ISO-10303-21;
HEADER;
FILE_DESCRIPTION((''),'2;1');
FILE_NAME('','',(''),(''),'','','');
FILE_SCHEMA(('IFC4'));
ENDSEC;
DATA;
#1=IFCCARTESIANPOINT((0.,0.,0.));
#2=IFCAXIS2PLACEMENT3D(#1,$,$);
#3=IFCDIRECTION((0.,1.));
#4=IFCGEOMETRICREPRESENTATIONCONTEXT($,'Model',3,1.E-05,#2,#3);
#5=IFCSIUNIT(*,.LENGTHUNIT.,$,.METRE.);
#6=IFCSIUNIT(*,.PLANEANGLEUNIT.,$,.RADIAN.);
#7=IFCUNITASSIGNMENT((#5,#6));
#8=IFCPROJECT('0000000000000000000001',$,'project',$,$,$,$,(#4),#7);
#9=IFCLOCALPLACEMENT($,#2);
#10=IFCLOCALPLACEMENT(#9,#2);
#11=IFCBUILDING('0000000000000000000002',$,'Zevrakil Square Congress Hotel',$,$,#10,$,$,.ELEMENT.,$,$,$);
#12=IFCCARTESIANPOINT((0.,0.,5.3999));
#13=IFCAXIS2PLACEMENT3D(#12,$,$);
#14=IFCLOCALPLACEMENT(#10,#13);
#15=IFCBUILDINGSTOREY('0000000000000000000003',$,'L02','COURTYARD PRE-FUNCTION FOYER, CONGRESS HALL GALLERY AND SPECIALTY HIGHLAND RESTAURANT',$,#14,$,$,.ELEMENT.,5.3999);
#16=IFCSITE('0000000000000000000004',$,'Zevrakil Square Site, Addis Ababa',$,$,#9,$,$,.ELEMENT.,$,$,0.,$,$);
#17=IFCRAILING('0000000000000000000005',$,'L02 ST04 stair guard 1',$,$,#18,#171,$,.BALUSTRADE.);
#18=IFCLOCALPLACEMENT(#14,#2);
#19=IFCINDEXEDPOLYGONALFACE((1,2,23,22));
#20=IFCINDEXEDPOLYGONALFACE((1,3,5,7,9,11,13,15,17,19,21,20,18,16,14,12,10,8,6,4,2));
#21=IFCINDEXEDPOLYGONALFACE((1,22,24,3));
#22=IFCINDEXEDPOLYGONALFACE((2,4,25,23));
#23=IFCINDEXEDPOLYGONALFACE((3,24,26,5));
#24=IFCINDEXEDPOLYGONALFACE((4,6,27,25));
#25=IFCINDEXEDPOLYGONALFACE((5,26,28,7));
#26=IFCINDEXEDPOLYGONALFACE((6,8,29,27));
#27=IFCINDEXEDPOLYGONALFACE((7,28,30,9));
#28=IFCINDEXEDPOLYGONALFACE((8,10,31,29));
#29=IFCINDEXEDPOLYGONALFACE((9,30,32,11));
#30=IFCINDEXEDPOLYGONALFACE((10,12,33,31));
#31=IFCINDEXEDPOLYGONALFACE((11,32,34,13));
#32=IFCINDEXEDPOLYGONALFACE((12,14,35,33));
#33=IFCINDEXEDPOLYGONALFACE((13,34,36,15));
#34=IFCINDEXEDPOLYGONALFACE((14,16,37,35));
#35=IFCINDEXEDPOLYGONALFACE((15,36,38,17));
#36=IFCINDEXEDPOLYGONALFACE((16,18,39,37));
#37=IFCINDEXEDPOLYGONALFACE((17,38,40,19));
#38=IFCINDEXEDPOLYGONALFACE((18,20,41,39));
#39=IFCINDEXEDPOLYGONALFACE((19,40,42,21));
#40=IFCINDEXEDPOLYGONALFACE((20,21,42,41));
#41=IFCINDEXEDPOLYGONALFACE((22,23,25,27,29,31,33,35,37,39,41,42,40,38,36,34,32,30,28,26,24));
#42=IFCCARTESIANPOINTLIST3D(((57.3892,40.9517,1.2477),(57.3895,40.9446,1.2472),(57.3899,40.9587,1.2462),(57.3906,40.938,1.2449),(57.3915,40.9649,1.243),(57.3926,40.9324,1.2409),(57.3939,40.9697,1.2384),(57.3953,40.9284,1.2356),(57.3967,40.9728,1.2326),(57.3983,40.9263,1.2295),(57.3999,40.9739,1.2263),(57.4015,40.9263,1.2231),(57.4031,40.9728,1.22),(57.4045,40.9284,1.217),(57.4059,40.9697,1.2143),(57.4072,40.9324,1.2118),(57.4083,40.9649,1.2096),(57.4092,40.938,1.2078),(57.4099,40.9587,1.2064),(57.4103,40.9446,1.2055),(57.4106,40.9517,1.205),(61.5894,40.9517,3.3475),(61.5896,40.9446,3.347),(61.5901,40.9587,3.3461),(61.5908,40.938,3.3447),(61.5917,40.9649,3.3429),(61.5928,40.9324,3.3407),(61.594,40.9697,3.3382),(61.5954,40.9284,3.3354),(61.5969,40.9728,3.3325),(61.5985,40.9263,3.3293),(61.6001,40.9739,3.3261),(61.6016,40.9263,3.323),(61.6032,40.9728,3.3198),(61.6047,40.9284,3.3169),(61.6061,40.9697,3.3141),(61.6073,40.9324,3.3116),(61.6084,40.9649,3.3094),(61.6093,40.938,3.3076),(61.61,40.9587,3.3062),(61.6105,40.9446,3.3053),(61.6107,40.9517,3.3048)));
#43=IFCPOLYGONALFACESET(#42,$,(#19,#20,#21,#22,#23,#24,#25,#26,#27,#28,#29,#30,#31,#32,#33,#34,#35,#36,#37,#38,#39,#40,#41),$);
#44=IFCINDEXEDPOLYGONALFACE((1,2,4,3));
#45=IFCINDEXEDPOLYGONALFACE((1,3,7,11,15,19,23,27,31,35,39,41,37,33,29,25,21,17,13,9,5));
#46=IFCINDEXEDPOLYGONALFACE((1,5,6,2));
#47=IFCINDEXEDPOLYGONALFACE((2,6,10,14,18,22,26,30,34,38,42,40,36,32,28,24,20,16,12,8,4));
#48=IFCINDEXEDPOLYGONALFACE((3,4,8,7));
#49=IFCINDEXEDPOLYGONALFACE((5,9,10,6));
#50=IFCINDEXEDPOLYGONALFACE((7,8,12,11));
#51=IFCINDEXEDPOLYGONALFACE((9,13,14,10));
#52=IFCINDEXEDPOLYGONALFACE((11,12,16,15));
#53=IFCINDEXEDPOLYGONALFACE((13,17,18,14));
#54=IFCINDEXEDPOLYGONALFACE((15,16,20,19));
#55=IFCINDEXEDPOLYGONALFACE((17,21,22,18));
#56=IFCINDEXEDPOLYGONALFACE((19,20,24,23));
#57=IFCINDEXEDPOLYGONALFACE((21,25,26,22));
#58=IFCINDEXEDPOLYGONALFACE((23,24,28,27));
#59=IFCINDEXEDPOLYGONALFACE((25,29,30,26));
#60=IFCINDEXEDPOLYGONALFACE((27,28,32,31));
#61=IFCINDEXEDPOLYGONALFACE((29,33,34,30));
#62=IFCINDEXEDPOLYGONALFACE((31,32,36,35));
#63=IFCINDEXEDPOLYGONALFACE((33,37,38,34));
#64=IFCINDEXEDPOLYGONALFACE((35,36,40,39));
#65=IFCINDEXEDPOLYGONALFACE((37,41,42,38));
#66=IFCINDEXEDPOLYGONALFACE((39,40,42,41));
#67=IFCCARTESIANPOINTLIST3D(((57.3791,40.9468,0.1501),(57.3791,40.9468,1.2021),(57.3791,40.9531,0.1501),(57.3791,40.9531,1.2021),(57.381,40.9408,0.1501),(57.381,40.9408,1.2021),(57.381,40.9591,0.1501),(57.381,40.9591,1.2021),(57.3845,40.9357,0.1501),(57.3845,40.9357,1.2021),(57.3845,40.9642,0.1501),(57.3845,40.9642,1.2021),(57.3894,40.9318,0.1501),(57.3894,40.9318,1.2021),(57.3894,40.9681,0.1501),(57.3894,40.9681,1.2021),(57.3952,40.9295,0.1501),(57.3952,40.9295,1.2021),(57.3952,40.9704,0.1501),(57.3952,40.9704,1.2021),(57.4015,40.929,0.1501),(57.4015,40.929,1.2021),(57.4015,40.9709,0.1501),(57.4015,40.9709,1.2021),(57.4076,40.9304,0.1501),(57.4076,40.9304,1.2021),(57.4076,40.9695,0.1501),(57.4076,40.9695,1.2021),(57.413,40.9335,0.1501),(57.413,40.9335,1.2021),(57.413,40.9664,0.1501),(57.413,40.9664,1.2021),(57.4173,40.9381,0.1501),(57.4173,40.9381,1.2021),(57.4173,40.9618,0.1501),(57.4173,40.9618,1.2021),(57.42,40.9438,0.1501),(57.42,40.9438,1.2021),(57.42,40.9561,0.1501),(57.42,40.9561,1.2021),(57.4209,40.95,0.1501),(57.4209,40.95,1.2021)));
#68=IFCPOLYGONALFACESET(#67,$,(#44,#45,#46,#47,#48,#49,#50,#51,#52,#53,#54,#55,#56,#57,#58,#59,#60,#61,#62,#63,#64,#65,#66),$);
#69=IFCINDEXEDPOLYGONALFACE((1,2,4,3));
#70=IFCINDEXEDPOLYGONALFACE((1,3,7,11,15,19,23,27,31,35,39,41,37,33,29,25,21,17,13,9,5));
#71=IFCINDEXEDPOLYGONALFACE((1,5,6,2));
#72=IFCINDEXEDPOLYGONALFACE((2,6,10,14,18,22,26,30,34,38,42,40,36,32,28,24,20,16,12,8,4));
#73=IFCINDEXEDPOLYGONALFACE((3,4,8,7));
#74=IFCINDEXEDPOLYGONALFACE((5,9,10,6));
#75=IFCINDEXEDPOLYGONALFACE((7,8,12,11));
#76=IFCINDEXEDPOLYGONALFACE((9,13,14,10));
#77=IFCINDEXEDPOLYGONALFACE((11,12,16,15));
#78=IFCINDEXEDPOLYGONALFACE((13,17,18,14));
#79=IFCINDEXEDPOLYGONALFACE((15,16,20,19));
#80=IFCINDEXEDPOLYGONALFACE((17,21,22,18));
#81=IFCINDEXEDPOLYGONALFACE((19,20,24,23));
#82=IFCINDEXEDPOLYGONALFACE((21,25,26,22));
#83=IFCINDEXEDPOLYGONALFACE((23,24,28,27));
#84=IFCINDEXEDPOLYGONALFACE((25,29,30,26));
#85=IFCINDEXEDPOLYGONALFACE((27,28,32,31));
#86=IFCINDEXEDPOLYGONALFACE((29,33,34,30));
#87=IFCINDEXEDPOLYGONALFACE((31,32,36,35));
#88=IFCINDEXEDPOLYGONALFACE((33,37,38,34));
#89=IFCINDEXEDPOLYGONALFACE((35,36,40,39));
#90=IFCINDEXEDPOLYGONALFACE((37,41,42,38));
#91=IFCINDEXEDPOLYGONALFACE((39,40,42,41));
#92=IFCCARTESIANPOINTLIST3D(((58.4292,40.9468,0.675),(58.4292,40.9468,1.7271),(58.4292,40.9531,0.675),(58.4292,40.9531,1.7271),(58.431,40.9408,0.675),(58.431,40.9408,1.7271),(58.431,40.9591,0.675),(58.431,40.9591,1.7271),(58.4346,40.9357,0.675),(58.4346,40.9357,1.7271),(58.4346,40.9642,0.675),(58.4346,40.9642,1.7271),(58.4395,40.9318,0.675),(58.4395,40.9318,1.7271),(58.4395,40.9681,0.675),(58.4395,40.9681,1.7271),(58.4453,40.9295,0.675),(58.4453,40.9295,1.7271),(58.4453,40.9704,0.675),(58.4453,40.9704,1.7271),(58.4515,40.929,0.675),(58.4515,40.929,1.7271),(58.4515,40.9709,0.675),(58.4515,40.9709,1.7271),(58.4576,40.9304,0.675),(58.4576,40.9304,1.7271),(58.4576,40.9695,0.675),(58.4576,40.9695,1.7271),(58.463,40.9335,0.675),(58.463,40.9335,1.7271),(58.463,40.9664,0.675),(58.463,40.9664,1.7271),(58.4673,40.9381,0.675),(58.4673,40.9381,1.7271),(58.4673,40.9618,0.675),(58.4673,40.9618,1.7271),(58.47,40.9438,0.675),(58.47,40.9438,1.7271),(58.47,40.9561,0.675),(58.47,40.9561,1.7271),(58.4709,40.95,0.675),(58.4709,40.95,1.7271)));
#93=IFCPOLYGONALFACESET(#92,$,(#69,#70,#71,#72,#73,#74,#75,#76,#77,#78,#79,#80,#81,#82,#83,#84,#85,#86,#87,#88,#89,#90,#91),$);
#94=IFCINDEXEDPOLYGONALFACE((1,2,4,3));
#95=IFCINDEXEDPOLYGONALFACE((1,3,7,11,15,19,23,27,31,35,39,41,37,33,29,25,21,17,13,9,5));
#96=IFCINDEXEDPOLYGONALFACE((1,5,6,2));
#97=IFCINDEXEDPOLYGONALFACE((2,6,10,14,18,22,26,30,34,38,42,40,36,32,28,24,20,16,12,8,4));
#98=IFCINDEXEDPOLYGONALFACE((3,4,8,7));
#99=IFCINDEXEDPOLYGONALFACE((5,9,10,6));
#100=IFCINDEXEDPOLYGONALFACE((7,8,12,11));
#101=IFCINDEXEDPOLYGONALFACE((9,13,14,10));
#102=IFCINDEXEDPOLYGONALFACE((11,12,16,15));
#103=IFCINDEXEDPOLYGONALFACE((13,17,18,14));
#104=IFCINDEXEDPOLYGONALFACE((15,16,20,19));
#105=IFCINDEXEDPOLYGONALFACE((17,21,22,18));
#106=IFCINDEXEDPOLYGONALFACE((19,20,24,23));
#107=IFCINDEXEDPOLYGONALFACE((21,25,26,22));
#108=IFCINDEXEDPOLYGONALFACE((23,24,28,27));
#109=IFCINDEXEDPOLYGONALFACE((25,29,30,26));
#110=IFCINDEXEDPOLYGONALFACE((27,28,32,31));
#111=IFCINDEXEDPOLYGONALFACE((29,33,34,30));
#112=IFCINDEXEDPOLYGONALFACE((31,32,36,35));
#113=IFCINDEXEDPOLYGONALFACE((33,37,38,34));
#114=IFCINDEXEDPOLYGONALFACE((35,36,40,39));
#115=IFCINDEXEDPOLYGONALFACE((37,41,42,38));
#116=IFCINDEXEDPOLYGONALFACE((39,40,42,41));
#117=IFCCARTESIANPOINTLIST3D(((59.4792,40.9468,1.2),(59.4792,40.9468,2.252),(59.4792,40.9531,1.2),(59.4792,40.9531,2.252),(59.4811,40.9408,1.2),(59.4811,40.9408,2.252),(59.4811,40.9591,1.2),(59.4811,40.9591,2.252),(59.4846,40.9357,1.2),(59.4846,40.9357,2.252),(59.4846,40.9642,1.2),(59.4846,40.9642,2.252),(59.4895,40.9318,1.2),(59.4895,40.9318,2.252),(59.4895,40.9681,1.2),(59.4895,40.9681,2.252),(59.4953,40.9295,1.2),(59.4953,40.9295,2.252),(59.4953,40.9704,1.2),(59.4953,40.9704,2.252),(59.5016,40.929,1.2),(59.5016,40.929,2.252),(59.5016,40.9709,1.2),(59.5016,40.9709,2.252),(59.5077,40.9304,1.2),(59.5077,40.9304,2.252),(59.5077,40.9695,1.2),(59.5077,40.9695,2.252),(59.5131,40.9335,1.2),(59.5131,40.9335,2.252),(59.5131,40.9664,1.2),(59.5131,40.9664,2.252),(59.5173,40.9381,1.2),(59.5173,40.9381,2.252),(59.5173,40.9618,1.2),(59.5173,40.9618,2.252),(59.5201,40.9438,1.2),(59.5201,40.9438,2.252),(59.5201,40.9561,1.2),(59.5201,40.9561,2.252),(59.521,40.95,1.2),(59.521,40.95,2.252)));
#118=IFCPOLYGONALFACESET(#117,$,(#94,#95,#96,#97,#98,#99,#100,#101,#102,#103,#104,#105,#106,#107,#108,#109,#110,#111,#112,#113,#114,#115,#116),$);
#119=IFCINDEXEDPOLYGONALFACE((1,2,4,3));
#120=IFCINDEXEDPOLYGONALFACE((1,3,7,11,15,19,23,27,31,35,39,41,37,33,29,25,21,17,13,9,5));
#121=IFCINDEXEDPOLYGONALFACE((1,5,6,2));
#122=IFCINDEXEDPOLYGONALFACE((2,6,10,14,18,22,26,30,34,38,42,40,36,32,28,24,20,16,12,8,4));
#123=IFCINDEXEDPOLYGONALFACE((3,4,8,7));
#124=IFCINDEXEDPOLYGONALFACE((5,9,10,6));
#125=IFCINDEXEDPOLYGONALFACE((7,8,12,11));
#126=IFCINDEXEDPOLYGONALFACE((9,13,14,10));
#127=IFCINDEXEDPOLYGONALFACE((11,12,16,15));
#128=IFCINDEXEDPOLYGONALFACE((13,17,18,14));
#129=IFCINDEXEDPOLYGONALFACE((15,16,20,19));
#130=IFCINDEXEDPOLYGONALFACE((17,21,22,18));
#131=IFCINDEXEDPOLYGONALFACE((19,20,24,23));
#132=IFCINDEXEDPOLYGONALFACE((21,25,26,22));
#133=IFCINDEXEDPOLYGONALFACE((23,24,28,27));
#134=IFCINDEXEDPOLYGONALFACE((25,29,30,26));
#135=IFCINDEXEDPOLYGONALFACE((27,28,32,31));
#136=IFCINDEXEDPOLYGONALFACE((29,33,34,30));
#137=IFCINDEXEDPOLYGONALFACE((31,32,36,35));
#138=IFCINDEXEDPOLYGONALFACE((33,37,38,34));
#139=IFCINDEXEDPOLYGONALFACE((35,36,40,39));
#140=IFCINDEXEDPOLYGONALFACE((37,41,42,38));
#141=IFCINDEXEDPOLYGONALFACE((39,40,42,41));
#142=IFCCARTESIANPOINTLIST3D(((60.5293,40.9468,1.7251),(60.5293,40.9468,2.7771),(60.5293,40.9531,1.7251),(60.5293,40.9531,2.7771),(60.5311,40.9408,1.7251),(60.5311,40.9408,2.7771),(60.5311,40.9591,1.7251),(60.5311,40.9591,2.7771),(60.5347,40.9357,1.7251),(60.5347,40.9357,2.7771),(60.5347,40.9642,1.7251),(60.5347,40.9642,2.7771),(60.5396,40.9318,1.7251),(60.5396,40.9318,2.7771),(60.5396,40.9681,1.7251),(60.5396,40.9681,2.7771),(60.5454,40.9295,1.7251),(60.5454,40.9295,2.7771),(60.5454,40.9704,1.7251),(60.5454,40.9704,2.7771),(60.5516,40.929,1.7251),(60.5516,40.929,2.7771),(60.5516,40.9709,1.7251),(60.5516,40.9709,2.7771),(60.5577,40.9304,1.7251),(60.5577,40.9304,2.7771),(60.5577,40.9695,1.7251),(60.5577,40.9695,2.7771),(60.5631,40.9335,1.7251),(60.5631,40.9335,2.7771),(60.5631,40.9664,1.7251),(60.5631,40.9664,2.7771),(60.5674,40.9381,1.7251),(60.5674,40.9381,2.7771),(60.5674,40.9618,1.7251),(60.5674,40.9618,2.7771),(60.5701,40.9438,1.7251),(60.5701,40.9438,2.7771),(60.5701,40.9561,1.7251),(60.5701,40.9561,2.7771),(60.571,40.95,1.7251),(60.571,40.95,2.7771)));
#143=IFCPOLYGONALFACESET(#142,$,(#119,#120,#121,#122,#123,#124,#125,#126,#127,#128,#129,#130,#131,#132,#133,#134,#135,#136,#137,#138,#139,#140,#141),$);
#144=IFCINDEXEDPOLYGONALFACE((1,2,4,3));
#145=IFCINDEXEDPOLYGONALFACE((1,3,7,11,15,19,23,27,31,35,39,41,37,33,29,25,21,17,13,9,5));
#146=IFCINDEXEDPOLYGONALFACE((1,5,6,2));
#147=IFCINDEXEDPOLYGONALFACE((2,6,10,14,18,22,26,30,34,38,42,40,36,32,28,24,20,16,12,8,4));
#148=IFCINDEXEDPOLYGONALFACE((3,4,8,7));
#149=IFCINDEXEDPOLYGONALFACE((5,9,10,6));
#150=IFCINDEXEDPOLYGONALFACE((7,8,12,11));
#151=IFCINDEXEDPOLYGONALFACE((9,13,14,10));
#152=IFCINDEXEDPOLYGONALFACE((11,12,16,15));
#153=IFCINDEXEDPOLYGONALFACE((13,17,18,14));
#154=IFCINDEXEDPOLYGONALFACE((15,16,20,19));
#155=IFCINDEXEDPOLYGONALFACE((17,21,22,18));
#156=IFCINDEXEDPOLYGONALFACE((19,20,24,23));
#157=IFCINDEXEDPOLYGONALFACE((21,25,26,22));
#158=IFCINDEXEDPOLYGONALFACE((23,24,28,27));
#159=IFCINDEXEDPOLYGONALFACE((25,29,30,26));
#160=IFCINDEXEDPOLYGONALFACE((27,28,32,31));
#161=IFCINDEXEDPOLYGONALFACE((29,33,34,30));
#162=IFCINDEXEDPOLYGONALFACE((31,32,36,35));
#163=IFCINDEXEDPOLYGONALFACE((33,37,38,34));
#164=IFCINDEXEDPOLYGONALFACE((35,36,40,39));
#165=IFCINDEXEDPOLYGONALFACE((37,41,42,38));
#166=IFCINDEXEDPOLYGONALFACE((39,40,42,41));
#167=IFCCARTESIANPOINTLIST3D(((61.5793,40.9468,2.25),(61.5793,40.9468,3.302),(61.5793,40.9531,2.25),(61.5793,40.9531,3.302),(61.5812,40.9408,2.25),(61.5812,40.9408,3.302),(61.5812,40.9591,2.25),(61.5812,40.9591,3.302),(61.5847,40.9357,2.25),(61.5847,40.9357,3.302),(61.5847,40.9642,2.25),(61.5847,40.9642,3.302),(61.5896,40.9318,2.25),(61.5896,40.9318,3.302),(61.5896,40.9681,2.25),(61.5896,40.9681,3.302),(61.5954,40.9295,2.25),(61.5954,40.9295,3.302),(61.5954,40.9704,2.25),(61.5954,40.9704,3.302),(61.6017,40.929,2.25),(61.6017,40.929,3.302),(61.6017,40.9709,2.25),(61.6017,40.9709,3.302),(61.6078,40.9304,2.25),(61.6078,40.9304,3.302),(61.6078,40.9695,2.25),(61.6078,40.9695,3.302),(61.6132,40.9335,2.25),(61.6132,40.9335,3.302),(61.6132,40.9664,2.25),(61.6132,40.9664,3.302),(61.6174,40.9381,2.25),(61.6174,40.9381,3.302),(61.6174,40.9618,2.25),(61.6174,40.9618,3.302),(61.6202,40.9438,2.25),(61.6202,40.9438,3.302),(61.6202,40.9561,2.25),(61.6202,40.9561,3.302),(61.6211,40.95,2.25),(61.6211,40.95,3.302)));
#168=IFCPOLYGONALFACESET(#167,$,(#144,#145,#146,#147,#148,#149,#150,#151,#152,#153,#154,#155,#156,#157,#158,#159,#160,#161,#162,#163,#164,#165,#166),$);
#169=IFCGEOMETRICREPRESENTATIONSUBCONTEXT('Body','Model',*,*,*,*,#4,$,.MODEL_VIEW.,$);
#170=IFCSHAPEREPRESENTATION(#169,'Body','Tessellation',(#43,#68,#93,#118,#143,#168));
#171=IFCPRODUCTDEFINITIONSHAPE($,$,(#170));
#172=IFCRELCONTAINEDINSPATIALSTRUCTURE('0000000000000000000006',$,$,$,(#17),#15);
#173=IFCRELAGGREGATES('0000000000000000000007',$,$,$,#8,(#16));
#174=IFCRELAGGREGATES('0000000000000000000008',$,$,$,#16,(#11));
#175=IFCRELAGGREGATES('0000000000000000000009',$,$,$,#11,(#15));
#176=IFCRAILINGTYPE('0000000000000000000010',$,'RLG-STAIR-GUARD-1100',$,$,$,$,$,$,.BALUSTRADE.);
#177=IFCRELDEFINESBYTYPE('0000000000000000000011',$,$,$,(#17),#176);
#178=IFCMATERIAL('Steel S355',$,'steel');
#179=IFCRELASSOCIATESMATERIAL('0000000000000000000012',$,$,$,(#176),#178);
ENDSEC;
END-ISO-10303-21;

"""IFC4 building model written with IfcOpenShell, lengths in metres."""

from ifc_helpers import new_model, si_unit, direction, frame, origin, origin_2d, place, context, subcontext, project, spatial, circle, extrude, material, type_object, element, save


model = new_model("IFC4")

# Units and contexts
model_context = context("Model", 3, precision=1e-05, world=origin(), true_north=direction((0.0, 1.0)))
body_context = subcontext(model_context, "Body", "Model", "MODEL_VIEW")
ifc_project = project(units=[si_unit("LENGTHUNIT", "METRE"), si_unit("PLANEANGLEUNIT", "RADIAN")], contexts=[model_context])

# Site, building, storey
site_placement = place(None, origin())
site = spatial("IfcSite", under=ifc_project, at=site_placement, Name="Zevrakil Square Site, Addis Ababa", CompositionType="ELEMENT", RefElevation=0.0)
building_placement = place(site_placement, origin())
building = spatial("IfcBuilding", under=site, at=building_placement, Name="Zevrakil Square Congress Hotel", CompositionType="ELEMENT")
storey_placement = place(building_placement, frame((0.0, 0.0, 5.3999)))
storey = spatial("IfcBuildingStorey", under=building, at=storey_placement, Name="L02", Description="COURTYARD PRE-FUNCTION FOYER, CONGRESS HALL GALLERY AND SPECIALTY HIGHLAND RESTAURANT", CompositionType="ELEMENT", Elevation=5.3999)

# Railing
ifc_material_1 = material(Name="Steel S355", Category="steel")
railing_type_1 = type_object("IfcRailingType", Name="RLG-STAIR-GUARD-1100", PredefinedType="BALUSTRADE", material=ifc_material_1)
railing_1_placement = place(storey_placement, frame((57.3999, 40.95, 0.1501)))
element("IfcRailing", 1, at=railing_1_placement, inside=storey, type_object=railing_type_1, Name="L02 ST04 stair guard 1", PredefinedType="BALUSTRADE", context=body_context, shape_type="SweptSolid", body=[
    extrude(circle(Radius=0.0239, at=origin_2d()), frame((0.0, 0.0, 1.0762), z_axis=(0.894448, 0.0, 0.447172), x_axis=(0.0, 1.0, 0.0)), (0.0, 0.0, 1.0), 4.6958),
    extrude(circle(Radius=0.021, at=origin_2d()), origin(), (0.0, 0.0, 1.0), 1.052),
    extrude(circle(Radius=0.021, at=origin_2d()), frame((1.05, 0.0, 0.5249)), (0.0, 0.0, 1.0), 1.052),
    extrude(circle(Radius=0.021, at=origin_2d()), frame((2.1001, 0.0, 1.0498)), (0.0, 0.0, 1.0), 1.052),
    extrude(circle(Radius=0.021, at=origin_2d()), frame((3.1501, 0.0, 1.575)), (0.0, 0.0, 1.0), 1.052),
    extrude(circle(Radius=0.021, at=origin_2d()), frame((4.2002, 0.0, 2.0999)), (0.0, 0.0, 1.0), 1.052),
])

save(model, "model.ifc")
